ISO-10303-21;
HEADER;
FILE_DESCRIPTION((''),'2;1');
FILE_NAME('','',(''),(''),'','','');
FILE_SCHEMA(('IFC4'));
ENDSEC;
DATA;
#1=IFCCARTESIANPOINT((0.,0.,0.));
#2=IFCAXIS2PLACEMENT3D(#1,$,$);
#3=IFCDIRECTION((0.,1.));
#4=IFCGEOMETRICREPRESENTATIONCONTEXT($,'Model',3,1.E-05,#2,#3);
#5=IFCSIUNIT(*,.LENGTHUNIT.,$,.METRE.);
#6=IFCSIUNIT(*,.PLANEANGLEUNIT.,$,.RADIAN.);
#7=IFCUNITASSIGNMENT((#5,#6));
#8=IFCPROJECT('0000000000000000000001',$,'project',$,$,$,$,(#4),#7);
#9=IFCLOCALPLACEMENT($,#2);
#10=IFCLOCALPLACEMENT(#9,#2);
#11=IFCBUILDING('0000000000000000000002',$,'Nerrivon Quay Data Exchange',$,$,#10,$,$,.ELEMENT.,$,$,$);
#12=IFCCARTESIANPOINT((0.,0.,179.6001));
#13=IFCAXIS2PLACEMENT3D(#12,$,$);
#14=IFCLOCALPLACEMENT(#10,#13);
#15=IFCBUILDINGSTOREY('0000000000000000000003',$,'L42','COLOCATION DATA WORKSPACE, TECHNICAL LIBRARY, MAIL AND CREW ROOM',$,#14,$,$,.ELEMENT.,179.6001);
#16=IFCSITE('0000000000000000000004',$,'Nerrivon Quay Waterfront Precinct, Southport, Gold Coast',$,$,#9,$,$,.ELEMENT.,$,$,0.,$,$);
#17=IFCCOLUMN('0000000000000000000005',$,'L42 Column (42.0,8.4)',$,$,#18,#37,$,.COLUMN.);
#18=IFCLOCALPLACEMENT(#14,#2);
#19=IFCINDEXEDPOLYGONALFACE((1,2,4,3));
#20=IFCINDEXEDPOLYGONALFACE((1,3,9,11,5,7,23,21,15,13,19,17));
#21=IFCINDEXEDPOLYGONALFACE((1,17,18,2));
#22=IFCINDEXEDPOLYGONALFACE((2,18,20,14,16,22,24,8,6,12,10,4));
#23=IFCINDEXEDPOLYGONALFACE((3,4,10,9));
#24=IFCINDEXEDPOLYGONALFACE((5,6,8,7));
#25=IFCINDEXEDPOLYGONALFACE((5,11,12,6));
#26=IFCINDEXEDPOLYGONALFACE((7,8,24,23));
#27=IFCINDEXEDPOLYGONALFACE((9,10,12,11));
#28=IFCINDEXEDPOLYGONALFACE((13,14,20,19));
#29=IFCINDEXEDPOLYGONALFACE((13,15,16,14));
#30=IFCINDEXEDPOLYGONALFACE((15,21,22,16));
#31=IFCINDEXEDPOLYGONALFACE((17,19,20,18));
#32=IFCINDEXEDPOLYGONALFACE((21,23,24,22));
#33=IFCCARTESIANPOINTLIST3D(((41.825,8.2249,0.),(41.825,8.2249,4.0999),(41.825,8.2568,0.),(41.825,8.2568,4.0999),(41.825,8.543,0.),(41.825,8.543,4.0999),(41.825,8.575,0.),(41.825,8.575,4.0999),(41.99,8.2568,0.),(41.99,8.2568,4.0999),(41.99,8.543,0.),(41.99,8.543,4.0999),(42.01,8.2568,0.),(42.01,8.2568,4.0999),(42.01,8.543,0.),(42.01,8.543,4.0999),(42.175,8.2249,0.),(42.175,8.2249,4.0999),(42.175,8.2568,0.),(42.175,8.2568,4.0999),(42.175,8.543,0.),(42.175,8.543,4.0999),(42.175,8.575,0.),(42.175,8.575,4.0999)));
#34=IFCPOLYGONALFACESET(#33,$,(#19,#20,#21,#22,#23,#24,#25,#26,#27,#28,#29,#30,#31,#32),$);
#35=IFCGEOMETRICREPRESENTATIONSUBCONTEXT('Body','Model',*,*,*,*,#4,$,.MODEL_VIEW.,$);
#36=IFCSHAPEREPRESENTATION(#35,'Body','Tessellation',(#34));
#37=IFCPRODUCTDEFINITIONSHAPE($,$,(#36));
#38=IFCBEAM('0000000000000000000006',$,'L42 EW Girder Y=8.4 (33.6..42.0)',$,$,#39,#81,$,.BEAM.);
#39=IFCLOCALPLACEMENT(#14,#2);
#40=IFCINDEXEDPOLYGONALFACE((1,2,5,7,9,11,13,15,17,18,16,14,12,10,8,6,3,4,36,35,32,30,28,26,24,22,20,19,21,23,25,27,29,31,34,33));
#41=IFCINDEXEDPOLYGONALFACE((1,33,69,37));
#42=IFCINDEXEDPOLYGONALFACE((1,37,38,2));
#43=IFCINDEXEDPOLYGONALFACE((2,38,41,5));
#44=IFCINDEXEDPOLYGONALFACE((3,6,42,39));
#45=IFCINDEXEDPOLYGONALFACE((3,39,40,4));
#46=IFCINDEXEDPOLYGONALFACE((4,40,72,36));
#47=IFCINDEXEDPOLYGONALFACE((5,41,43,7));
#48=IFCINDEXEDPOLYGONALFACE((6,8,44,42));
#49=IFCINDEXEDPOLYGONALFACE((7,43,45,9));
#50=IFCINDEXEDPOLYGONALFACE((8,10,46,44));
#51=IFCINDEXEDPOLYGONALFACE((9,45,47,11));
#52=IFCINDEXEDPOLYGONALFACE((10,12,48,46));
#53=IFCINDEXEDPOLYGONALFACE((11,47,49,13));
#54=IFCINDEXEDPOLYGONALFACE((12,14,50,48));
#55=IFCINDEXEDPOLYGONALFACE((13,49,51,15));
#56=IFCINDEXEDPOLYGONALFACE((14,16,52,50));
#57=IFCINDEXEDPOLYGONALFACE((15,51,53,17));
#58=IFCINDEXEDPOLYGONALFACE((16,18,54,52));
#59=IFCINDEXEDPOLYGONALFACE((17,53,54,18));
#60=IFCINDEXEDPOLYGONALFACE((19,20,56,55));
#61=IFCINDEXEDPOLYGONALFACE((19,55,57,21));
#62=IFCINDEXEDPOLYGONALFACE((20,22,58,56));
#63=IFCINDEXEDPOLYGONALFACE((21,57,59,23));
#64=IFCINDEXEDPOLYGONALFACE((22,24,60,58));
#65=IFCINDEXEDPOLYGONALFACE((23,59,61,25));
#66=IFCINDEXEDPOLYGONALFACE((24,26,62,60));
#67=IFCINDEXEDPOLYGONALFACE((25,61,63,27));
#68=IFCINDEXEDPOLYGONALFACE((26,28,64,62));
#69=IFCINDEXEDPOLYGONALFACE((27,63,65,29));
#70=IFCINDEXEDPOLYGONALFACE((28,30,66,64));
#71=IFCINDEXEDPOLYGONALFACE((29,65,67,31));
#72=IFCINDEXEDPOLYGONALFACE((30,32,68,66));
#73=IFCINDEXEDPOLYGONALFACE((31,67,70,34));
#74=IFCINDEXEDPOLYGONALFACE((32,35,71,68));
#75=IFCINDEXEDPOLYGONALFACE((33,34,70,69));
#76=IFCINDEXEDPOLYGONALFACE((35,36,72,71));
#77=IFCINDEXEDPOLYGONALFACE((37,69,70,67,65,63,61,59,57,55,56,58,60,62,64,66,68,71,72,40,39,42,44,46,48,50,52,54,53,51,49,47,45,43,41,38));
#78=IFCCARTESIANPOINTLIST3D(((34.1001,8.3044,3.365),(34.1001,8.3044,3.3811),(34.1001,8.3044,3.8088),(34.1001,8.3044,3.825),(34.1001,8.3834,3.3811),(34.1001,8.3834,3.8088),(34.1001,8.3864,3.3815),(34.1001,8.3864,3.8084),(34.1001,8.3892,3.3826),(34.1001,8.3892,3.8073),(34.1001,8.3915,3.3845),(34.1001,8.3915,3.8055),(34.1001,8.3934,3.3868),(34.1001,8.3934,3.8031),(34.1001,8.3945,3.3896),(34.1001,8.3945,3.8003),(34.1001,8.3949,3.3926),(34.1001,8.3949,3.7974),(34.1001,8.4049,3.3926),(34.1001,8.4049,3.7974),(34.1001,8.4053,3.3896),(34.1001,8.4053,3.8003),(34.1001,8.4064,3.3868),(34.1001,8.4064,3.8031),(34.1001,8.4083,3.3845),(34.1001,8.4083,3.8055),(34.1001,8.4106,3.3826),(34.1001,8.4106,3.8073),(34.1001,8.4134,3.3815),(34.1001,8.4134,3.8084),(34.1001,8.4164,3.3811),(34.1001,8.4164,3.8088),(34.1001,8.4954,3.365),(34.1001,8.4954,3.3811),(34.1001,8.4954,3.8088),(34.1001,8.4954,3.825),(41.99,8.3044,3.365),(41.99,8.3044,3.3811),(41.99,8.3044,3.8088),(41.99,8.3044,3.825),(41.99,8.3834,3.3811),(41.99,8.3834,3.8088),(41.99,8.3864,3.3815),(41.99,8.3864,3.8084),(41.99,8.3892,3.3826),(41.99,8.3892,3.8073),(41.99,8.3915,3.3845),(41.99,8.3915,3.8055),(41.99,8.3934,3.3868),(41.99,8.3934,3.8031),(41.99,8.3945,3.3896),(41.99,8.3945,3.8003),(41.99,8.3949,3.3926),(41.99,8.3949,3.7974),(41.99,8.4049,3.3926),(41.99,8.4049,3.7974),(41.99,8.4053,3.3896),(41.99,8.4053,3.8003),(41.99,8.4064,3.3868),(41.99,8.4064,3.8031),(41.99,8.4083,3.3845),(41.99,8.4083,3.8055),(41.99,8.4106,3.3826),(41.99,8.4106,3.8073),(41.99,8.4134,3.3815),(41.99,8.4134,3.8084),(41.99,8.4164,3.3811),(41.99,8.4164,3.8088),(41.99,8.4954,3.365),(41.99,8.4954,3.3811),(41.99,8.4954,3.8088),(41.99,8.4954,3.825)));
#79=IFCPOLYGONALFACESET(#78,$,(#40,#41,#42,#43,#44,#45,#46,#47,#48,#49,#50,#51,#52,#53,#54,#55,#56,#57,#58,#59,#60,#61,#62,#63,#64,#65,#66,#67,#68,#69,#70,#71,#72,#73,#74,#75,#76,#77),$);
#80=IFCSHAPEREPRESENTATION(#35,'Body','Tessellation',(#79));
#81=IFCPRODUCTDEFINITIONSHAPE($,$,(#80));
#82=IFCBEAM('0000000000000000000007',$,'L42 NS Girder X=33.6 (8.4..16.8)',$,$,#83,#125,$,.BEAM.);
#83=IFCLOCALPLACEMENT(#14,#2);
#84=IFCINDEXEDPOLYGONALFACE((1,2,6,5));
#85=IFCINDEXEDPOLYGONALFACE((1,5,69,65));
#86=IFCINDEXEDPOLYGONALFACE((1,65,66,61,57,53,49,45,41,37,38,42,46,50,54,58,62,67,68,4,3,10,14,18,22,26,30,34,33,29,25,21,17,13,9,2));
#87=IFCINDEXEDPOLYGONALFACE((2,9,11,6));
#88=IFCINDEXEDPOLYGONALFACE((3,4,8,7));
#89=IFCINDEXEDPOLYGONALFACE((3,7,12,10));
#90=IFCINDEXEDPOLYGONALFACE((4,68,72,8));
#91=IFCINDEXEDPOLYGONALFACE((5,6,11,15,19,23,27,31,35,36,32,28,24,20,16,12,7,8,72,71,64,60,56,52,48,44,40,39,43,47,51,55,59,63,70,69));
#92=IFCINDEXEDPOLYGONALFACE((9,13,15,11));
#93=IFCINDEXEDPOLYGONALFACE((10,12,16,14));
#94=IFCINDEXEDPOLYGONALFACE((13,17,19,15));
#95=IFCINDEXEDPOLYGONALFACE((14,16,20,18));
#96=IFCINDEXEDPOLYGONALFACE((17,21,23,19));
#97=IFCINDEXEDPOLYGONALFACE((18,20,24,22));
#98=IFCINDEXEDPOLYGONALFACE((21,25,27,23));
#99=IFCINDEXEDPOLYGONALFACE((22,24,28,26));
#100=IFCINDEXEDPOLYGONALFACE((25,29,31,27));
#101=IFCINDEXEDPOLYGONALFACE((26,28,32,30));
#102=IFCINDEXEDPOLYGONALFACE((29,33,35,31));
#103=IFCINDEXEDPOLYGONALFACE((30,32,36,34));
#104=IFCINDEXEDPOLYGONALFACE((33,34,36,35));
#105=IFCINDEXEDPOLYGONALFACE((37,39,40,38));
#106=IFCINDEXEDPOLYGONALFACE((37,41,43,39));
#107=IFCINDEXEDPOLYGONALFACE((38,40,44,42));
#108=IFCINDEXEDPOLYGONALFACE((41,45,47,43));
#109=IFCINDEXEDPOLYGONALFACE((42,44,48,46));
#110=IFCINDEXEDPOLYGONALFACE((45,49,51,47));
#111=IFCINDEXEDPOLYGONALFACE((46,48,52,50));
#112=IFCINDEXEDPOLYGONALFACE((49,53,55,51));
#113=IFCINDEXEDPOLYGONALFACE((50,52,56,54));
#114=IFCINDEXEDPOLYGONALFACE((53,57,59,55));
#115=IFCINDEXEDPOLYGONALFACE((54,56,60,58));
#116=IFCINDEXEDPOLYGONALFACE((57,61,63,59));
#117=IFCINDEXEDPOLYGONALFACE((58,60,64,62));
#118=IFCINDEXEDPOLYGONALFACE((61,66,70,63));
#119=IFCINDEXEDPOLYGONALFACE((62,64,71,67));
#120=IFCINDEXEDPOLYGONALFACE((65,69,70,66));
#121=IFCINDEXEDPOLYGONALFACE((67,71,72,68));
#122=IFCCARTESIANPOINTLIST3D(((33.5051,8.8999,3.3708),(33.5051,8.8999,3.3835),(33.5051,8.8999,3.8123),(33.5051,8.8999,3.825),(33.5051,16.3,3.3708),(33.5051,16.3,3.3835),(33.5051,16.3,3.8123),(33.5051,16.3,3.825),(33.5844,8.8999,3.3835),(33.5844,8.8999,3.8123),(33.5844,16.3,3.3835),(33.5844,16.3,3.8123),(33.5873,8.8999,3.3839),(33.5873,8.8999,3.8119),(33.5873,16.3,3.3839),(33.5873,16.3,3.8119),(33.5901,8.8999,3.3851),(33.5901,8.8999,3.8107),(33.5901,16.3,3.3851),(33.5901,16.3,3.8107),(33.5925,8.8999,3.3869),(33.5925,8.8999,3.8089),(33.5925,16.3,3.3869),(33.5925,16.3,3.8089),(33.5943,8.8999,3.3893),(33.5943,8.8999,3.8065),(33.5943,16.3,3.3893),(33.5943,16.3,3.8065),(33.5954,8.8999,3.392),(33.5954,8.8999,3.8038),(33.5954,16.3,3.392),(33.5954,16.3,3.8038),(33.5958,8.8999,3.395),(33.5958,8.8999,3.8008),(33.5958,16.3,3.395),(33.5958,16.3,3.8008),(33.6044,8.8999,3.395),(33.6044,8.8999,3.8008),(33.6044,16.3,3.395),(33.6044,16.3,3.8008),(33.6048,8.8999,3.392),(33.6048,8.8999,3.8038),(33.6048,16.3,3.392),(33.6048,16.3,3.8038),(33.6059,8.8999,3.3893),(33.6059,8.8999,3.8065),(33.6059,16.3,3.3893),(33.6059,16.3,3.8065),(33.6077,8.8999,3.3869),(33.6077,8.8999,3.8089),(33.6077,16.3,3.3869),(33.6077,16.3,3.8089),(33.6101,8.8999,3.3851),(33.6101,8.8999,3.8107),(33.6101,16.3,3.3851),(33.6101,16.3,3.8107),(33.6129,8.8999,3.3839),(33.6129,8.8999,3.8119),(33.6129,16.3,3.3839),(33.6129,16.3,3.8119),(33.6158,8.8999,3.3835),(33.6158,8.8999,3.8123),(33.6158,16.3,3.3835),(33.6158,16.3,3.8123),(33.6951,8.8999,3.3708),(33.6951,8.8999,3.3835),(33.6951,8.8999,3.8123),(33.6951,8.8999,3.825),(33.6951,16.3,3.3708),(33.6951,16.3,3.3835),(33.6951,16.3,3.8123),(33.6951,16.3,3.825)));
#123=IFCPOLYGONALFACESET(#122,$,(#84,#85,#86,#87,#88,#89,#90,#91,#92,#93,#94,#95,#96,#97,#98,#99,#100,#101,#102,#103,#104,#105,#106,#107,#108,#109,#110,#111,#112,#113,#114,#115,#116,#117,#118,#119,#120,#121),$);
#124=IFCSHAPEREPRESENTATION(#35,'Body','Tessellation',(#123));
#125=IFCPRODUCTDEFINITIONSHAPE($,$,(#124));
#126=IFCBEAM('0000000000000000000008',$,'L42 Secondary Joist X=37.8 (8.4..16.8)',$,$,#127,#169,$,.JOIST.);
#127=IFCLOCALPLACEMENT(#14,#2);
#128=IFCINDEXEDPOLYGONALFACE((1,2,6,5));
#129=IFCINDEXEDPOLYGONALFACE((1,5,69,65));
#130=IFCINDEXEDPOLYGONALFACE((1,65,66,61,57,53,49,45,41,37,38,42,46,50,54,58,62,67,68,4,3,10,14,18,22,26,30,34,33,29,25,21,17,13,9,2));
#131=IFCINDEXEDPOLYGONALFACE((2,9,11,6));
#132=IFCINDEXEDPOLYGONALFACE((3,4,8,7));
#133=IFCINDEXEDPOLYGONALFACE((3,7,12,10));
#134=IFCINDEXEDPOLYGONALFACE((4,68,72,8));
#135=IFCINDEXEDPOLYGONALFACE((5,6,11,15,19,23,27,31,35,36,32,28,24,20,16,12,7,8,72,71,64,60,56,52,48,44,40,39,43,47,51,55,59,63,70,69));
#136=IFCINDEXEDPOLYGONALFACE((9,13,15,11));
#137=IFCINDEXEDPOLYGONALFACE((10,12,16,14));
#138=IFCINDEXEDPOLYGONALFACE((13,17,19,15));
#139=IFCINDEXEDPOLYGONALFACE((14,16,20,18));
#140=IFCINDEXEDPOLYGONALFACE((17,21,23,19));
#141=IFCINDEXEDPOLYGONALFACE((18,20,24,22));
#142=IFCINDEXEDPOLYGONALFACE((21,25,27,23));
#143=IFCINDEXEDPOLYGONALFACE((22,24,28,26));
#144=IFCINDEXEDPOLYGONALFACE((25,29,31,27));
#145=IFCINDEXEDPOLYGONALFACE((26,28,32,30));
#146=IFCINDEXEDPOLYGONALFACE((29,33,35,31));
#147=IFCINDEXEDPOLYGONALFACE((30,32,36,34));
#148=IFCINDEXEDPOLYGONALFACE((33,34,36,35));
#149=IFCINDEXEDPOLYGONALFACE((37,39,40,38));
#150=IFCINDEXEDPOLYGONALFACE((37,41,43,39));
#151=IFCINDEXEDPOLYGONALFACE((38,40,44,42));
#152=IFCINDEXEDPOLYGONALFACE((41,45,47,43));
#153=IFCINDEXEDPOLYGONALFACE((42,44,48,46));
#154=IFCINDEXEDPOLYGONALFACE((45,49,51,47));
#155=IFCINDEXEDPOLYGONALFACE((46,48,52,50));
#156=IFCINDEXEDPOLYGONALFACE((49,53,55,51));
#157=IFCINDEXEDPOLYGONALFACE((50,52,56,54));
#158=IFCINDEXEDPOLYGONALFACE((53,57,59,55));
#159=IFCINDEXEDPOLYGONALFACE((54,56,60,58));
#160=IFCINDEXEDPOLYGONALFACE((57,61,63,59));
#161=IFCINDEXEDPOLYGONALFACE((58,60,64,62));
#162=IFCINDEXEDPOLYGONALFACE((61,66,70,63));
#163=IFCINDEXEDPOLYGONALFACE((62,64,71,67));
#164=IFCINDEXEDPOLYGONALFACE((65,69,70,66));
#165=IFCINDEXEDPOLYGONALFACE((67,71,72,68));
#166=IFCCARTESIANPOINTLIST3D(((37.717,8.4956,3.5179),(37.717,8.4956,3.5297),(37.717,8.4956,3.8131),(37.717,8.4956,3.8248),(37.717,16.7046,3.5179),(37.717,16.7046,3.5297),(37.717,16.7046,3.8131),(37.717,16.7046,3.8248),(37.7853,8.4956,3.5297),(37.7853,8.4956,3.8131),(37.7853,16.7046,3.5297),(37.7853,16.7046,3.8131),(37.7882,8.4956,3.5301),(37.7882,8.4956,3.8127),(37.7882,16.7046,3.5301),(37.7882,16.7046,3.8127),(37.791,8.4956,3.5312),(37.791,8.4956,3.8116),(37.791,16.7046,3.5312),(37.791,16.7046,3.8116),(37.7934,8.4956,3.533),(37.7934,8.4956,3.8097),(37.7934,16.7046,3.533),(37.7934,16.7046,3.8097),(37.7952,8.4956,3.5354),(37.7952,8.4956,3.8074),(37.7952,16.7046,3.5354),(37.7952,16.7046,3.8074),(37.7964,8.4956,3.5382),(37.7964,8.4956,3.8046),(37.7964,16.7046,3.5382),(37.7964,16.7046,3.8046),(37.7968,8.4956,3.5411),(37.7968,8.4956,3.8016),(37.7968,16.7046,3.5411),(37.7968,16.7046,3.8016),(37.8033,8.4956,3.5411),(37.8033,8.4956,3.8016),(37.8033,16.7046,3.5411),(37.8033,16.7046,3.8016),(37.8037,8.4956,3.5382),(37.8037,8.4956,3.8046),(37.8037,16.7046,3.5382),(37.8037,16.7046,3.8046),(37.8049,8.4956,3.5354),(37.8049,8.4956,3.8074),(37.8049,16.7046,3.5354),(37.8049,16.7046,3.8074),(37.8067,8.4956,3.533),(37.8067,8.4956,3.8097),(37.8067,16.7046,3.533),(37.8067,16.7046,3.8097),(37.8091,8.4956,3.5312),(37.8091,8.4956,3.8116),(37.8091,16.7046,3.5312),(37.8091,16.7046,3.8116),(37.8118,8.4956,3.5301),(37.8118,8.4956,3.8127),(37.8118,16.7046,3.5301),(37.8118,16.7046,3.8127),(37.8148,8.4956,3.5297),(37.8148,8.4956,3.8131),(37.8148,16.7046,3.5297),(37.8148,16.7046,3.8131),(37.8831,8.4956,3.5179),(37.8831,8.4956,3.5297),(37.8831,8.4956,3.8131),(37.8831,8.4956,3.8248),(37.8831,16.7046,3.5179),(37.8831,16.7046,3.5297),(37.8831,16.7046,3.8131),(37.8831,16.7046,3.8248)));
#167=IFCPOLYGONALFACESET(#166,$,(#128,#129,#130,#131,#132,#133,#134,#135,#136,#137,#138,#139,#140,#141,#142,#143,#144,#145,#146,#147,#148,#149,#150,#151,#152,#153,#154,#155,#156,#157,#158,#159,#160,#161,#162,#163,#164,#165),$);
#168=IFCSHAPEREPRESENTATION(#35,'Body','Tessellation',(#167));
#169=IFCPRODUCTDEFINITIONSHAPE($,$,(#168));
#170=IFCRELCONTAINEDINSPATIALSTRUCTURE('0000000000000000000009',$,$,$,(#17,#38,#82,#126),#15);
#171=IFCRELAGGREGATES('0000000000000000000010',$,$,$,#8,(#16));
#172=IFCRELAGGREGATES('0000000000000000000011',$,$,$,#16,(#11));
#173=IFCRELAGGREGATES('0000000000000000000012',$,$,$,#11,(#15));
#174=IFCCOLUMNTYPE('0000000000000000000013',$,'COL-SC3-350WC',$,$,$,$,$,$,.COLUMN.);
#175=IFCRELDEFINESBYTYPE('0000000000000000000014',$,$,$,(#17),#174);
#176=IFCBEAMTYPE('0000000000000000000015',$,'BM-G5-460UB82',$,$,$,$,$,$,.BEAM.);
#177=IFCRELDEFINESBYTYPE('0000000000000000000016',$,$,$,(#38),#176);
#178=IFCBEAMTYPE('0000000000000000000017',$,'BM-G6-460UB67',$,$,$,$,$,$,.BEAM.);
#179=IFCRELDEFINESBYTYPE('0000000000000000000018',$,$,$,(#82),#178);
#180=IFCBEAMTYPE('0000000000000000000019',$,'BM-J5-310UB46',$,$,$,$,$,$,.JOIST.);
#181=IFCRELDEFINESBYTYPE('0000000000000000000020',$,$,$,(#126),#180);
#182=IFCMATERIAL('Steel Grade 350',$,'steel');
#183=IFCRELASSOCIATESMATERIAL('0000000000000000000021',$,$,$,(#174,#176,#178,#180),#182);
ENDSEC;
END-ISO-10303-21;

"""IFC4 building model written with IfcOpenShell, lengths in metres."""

from ifc_helpers import new_model, si_unit, direction, frame, origin, origin_2d, place, context, subcontext, project, spatial, i_section, extrude, material, material_profile, profile_set, type_object, element, save


model = new_model("IFC4")

# Units and contexts
model_context = context("Model", 3, precision=1e-05, world=origin(), true_north=direction((0.0, 1.0)))
body_context = subcontext(model_context, "Body", "Model", "MODEL_VIEW")
ifc_project = project(units=[si_unit("LENGTHUNIT", "METRE"), si_unit("PLANEANGLEUNIT", "RADIAN")], contexts=[model_context])

# Site, building, storey
site_placement = place(None, origin())
site = spatial("IfcSite", under=ifc_project, at=site_placement, Name="Nerrivon Quay Waterfront Precinct, Southport, Gold Coast", CompositionType="ELEMENT", RefElevation=0.0)
building_placement = place(site_placement, origin())
building = spatial("IfcBuilding", under=site, at=building_placement, Name="Nerrivon Quay Data Exchange", CompositionType="ELEMENT")
storey_placement = place(building_placement, frame((0.0, 0.0, 179.6001)))
storey = spatial("IfcBuildingStorey", under=building, at=storey_placement, Name="L42", Description="COLOCATION DATA WORKSPACE, TECHNICAL LIBRARY, MAIL AND CREW ROOM", CompositionType="ELEMENT", Elevation=179.6001)

# Column
ifc_material_1 = material(Name="Steel Grade 350", Category="steel")
ifc_material_profile_1 = material_profile(ifc_material_1, i_section(OverallWidth=0.3501, OverallDepth=0.3501, WebThickness=0.02, FlangeThickness=0.032, at=origin_2d()), Name="350WC230")
ifc_profile_set_1 = profile_set([ifc_material_profile_1], Name="Steel Grade 350")
column_type = type_object("IfcColumnType", Name="COL-SC3-350WC", PredefinedType="COLUMN", material=ifc_profile_set_1)
column_placement = place(storey_placement, frame((42.0, 8.3999, 0.0), z_axis=(0.0, 0.0, 1.0), x_axis=(1.0, 0.0, 0.0)))
element("IfcColumn", 1, at=column_placement, inside=storey, type_object=column_type, Name="L42 Column (42.0,8.4)", PredefinedType="COLUMN", context=body_context, shape_type="SweptSolid", body=[
    extrude(i_section(OverallWidth=0.3501, OverallDepth=0.3501, WebThickness=0.02, FlangeThickness=0.032, at=origin_2d()), origin(), (0.0, 0.0, 1.0), 4.0999),
])

# Beams
ifc_material_profile_2 = material_profile(ifc_material_1, i_section(OverallWidth=0.1909, OverallDepth=0.46, WebThickness=0.01, FlangeThickness=0.0161, FilletRadius=0.0115, at=origin_2d()), Name="460UB82.1")
ifc_profile_set_2 = profile_set([ifc_material_profile_2], Name="Steel Grade 350")
beam_type_1 = type_object("IfcBeamType", Name="BM-G5-460UB82", PredefinedType="BEAM", material=ifc_profile_set_2)
beam_1_placement = place(storey_placement, frame((34.1001, 8.3999, 3.595), z_axis=(1.0, 0.0, 0.0), x_axis=(0.0, 1.0, 0.0)))
element("IfcBeam", 2, at=beam_1_placement, inside=storey, type_object=beam_type_1, Name="L42 EW Girder Y=8.4 (33.6..42.0)", PredefinedType="BEAM", context=body_context, shape_type="SweptSolid", body=[
    extrude(i_section(OverallWidth=0.1909, OverallDepth=0.46, WebThickness=0.01, FlangeThickness=0.0161, FilletRadius=0.0115, at=origin_2d()), origin(), (0.0, 0.0, 1.0), 7.8899),
])
ifc_material_profile_3 = material_profile(ifc_material_1, i_section(OverallWidth=0.1899, OverallDepth=0.4541, WebThickness=0.0085, FlangeThickness=0.0127, FilletRadius=0.0115, at=origin_2d()), Name="460UB67.1")
ifc_profile_set_3 = profile_set([ifc_material_profile_3], Name="Steel Grade 350")
beam_type_2 = type_object("IfcBeamType", Name="BM-G6-460UB67", PredefinedType="BEAM", material=ifc_profile_set_3)
beam_2_placement = place(storey_placement, frame((33.6001, 8.8999, 3.5979), z_axis=(0.0, 1.0, 0.0), x_axis=(-1.0, 0.0, 0.0)))
element("IfcBeam", 3, at=beam_2_placement, inside=storey, type_object=beam_type_2, Name="L42 NS Girder X=33.6 (8.4..16.8)", PredefinedType="BEAM", context=body_context, shape_type="SweptSolid", body=[
    extrude(i_section(OverallWidth=0.1899, OverallDepth=0.4541, WebThickness=0.0085, FlangeThickness=0.0127, FilletRadius=0.0115, at=origin_2d()), origin(), (0.0, 0.0, 1.0), 7.4001),
])
ifc_material_profile_4 = material_profile(ifc_material_1, i_section(OverallWidth=0.166, OverallDepth=0.3069, WebThickness=0.0066, FlangeThickness=0.0117, FilletRadius=0.0115, at=origin_2d()), Name="310UB46.2")
ifc_profile_set_4 = profile_set([ifc_material_profile_4], Name="Steel Grade 350")
beam_type_3 = type_object("IfcBeamType", Name="BM-J5-310UB46", PredefinedType="JOIST", material=ifc_profile_set_4)
beam_3_placement = place(storey_placement, frame((37.8, 8.4956, 3.6714), z_axis=(0.0, 1.0, 0.0), x_axis=(-1.0, 0.0, 0.0)))
element("IfcBeam", 4, at=beam_3_placement, inside=storey, type_object=beam_type_3, Name="L42 Secondary Joist X=37.8 (8.4..16.8)", PredefinedType="JOIST", context=body_context, shape_type="SweptSolid", body=[
    extrude(i_section(OverallWidth=0.166, OverallDepth=0.3069, WebThickness=0.0066, FlangeThickness=0.0117, FilletRadius=0.0115, at=origin_2d()), origin(), (0.0, 0.0, 1.0), 8.209),
])

save(model, "model.ifc")
